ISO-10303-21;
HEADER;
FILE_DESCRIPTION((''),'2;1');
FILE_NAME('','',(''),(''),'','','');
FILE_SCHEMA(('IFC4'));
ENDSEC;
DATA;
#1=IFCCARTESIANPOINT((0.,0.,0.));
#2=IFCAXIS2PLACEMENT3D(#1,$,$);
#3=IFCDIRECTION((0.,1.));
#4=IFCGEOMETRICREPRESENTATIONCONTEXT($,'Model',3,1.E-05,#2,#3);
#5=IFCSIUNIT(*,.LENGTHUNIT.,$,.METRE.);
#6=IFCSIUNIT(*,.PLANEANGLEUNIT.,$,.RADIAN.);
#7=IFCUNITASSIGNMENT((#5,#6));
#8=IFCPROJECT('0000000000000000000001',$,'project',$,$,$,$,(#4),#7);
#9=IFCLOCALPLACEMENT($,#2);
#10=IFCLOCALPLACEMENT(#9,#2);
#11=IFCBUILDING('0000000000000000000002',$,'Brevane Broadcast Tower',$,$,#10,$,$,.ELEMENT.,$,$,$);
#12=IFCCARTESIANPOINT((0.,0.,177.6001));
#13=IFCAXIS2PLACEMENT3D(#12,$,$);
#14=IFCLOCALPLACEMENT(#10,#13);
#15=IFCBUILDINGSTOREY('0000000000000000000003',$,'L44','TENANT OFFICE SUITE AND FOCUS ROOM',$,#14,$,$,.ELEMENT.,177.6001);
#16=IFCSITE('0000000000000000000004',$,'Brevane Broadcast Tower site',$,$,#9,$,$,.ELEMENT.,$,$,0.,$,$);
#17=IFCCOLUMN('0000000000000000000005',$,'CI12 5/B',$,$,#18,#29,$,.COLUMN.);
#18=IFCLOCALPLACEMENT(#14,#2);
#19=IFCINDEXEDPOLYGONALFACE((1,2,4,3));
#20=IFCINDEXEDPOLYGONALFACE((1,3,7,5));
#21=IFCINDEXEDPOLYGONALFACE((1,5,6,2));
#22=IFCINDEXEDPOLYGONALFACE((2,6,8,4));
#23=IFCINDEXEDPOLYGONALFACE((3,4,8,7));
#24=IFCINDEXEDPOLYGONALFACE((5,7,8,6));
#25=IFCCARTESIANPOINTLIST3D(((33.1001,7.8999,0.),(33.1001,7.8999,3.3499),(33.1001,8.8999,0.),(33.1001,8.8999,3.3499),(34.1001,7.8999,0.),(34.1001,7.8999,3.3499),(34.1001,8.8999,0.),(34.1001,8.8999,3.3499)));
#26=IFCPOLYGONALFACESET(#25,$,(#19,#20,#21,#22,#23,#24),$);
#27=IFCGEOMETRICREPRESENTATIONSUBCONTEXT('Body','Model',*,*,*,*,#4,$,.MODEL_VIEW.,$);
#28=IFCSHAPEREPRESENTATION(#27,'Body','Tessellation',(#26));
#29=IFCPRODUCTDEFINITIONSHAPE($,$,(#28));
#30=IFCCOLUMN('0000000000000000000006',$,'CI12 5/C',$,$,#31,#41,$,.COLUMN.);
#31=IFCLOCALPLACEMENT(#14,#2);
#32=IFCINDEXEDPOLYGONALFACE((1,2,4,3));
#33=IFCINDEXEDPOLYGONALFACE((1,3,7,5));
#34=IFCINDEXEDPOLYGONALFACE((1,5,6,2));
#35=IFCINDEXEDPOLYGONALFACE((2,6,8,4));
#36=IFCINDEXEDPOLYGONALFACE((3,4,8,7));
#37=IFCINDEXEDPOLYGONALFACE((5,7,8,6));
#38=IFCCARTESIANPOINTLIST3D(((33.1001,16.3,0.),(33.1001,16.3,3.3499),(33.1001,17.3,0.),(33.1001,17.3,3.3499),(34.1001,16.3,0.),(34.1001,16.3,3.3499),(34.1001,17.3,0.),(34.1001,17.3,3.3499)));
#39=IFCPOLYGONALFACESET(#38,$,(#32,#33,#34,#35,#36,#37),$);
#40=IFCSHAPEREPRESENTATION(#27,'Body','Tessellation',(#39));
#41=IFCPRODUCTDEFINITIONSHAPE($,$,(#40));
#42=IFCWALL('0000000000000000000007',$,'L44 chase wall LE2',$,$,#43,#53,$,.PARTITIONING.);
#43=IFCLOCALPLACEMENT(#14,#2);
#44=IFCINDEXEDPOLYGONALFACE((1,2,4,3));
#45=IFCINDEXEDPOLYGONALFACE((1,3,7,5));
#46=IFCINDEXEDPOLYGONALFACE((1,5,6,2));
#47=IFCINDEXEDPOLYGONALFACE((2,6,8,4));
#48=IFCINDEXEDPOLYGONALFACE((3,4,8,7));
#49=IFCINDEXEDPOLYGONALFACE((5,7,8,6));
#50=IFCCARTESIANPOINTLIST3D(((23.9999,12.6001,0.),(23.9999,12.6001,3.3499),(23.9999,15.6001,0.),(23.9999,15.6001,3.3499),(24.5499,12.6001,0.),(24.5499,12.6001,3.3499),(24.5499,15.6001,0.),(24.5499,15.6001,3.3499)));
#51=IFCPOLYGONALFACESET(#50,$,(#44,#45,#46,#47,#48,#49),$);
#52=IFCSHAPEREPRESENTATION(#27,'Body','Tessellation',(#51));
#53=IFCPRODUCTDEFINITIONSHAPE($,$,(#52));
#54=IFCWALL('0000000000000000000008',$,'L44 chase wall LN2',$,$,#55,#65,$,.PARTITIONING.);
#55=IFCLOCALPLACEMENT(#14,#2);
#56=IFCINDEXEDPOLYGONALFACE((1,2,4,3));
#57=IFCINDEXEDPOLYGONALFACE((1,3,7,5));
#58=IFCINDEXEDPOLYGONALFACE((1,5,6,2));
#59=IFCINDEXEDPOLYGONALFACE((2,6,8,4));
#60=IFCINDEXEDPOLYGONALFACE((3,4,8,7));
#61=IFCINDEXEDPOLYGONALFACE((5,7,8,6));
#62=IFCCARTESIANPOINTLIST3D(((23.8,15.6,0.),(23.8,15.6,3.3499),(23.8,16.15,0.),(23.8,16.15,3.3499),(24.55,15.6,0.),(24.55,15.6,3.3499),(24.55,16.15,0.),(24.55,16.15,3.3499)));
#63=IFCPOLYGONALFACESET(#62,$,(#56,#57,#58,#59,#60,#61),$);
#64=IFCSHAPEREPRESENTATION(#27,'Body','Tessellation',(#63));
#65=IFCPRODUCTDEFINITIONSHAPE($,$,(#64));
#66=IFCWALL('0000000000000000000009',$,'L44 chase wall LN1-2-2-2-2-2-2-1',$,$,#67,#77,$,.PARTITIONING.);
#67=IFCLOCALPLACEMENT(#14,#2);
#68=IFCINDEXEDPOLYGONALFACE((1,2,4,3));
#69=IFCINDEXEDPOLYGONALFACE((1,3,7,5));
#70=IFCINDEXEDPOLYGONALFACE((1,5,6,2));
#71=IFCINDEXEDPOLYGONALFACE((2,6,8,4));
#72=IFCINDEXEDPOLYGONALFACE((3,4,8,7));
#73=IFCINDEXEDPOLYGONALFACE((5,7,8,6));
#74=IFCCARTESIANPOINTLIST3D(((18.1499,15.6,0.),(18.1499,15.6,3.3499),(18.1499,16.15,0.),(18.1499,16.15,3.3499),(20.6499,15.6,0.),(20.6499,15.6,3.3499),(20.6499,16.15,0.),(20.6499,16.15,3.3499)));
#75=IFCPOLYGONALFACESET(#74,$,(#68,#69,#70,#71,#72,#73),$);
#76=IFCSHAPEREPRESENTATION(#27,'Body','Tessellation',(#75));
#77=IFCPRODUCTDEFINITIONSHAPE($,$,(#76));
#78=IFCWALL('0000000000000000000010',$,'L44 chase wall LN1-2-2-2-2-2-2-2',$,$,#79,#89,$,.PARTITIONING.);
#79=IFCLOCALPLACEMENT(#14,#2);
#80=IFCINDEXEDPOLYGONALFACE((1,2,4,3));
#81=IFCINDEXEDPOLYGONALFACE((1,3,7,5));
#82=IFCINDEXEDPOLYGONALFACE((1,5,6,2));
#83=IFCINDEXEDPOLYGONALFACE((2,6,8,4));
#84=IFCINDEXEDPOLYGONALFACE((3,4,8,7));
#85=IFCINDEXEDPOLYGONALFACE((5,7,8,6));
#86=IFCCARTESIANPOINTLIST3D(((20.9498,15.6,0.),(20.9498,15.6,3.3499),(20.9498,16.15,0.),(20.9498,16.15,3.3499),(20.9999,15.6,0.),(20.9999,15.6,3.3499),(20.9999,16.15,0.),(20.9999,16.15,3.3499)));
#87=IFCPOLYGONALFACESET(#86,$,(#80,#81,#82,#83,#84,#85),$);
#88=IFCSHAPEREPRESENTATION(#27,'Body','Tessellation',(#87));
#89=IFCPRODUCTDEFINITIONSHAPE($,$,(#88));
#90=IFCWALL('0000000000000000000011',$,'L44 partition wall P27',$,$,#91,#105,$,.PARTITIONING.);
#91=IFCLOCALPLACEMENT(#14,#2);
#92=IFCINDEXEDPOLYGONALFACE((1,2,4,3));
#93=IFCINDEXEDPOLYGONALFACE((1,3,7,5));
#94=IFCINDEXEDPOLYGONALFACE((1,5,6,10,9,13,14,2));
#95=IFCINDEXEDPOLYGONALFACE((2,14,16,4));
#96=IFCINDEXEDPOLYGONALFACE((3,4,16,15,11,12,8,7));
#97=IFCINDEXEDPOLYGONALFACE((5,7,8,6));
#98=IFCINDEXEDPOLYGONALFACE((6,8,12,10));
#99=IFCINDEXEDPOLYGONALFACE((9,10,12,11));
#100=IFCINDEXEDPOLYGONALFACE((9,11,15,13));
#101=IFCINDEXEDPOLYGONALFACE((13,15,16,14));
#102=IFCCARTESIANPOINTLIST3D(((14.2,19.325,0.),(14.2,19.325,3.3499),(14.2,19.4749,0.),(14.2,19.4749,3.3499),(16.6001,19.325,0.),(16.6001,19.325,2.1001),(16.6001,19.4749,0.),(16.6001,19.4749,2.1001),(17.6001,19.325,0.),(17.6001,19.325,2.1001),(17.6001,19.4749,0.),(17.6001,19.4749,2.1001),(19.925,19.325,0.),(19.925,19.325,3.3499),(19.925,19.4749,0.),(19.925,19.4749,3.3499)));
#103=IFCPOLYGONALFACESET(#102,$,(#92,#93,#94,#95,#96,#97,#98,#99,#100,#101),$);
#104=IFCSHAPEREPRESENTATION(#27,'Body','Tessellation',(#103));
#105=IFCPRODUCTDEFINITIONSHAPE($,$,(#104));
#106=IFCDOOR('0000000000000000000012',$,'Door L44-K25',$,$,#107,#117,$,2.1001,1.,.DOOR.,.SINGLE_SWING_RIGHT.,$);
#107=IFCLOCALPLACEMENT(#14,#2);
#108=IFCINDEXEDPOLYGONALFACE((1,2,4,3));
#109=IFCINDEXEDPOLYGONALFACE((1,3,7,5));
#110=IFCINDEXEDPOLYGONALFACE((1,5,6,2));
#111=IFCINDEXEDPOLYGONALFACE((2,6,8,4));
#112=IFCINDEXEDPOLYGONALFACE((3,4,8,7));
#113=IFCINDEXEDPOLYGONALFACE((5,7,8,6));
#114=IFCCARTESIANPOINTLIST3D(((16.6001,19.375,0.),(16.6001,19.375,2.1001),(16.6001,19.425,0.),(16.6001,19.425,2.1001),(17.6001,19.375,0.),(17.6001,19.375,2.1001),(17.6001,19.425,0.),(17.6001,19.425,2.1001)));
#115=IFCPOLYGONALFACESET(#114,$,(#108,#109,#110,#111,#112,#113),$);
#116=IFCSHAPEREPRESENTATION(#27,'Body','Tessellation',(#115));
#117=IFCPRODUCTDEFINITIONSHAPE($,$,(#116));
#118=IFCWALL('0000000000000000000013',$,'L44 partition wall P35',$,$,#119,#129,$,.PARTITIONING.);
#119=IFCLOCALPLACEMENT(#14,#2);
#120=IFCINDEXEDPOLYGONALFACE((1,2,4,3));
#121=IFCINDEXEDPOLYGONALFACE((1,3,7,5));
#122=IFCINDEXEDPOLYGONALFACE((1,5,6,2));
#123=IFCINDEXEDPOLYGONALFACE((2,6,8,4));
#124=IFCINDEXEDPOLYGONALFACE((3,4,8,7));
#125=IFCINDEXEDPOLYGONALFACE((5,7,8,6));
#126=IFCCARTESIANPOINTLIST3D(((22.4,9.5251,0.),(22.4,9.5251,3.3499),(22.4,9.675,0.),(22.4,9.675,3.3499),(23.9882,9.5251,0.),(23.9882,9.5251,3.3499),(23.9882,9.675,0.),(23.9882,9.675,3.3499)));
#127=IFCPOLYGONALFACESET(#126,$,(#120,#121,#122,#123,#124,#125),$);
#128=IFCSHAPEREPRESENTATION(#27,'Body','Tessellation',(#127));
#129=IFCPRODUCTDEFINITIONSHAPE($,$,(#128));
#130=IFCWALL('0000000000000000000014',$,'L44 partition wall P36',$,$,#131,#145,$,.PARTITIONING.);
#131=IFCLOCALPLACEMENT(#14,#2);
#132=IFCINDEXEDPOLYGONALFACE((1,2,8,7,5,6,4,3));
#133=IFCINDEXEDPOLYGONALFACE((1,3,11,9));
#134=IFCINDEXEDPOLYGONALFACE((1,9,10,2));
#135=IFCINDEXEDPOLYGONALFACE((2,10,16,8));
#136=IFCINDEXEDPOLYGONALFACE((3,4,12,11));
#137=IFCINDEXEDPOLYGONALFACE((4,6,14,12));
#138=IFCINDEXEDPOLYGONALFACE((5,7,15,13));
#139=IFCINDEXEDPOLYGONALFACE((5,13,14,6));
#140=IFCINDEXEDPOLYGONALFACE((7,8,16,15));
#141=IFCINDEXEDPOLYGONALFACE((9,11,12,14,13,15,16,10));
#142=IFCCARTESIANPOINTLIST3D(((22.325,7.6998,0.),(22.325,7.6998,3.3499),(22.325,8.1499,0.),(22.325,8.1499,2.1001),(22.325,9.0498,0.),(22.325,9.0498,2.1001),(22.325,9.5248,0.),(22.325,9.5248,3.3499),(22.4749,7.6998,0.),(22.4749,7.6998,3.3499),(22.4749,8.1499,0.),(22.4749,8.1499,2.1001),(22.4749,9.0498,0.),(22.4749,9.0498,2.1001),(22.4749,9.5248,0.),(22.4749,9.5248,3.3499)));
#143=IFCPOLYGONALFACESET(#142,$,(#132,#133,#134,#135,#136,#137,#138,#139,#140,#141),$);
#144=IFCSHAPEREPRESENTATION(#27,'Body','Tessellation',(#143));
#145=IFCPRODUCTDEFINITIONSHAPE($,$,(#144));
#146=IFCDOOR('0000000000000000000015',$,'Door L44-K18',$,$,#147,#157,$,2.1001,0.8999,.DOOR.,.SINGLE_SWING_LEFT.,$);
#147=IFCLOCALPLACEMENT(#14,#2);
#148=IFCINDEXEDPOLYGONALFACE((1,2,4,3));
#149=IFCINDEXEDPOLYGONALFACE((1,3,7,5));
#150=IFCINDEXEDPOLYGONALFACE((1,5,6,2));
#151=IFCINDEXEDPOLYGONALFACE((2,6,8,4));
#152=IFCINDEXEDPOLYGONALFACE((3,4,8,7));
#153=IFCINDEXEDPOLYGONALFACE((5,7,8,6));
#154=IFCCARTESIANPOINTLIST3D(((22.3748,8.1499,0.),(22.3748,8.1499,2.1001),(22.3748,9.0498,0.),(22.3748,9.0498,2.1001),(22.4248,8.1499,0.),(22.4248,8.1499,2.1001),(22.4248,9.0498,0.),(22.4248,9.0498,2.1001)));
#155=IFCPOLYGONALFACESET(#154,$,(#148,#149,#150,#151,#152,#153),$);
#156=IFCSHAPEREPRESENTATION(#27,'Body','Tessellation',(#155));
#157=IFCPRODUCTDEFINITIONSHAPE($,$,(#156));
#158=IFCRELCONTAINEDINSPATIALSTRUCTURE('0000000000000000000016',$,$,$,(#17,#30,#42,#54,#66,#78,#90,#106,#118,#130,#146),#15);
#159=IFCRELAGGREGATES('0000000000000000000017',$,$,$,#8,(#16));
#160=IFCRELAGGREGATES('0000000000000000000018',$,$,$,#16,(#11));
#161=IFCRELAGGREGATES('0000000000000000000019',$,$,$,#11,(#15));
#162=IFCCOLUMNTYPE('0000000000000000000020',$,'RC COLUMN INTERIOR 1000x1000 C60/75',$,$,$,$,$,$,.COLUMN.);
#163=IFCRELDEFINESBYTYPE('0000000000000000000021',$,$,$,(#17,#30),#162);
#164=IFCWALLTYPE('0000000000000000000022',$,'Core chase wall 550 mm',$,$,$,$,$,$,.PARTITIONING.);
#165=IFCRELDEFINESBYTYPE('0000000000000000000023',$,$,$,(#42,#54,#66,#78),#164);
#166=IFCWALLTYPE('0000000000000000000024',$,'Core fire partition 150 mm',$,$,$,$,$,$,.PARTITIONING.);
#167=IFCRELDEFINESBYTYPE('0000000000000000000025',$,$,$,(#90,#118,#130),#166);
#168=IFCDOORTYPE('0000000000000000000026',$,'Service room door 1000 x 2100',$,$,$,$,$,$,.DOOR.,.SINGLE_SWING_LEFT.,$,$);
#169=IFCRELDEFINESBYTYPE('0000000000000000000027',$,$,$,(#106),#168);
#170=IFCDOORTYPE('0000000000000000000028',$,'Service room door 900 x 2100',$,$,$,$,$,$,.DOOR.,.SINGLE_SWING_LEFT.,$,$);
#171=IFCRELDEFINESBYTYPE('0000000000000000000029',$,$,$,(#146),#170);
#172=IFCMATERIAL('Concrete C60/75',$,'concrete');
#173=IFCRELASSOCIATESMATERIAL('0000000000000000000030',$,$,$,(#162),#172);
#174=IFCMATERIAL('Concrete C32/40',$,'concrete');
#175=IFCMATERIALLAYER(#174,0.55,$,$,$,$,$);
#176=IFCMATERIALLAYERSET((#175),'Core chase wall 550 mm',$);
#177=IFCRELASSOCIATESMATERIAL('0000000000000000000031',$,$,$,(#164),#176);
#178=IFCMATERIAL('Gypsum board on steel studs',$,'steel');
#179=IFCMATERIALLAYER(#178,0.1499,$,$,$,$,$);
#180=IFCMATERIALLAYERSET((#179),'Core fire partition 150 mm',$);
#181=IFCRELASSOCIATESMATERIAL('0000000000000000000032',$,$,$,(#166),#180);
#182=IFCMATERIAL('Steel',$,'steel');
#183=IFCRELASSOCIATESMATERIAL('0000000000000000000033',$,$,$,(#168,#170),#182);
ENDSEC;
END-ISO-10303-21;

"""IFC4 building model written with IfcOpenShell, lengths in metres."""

from ifc_helpers import new_model, si_unit, direction, frame, frame_2d, origin, origin_2d, place, context, subcontext, project, spatial, rectangle, extrude, material, layer, layer_set, material_profile, profile_set, type_object, element, fill, save


model = new_model("IFC4")

# Units and contexts
model_context = context("Model", 3, precision=1e-05, world=origin(), true_north=direction((0.0, 1.0)))
body_context = subcontext(model_context, "Body", "Model", "MODEL_VIEW")
ifc_project = project(units=[si_unit("LENGTHUNIT", "METRE"), si_unit("PLANEANGLEUNIT", "RADIAN")], contexts=[model_context])

# Site, building, storey
site_placement = place(None, origin())
site = spatial("IfcSite", under=ifc_project, at=site_placement, Name="Brevane Broadcast Tower site", CompositionType="ELEMENT", RefElevation=0.0)
building_placement = place(site_placement, origin())
building = spatial("IfcBuilding", under=site, at=building_placement, Name="Brevane Broadcast Tower", CompositionType="ELEMENT")
storey_placement = place(building_placement, frame((0.0, 0.0, 177.6001)))
storey = spatial("IfcBuildingStorey", under=building, at=storey_placement, Name="L44", Description="TENANT OFFICE SUITE AND FOCUS ROOM", CompositionType="ELEMENT", Elevation=177.6001)

# Columns
ifc_material_1 = material(Name="Concrete C60/75", Category="concrete")
ifc_material_profile = material_profile(ifc_material_1, rectangle(XDim=1.0, YDim=1.0, at=origin_2d()), Name="RC 1000x1000")
ifc_profile_set = profile_set([ifc_material_profile], Name="Concrete C60/75")
column_type = type_object("IfcColumnType", Name="RC COLUMN INTERIOR 1000x1000 C60/75", PredefinedType="COLUMN", material=ifc_profile_set)
for number, where, z_axis, x_axis, name in (
    (1, (33.6001, 8.3999, 0.0), (0.0, 0.0, 1.0), (1.0, 0.0, 0.0), "CI12 5/B"),
    (2, (33.6001, 16.8, 0.0), (0.0, 0.0, 1.0), (1.0, 0.0, 0.0), "CI12 5/C"),
):
    element("IfcColumn", number, at=place(storey_placement, frame(where, z_axis=z_axis, x_axis=x_axis)), inside=storey, type_object=column_type, Name=name, PredefinedType="COLUMN", context=body_context, shape_type="SweptSolid", body=[
        extrude(rectangle(XDim=1.0, YDim=1.0, at=origin_2d()), origin(), (0.0, 0.0, 1.0), 3.3499),
    ])

# Walls
ifc_material_2 = material(Name="Concrete C32/40", Category="concrete")
ifc_layer_1 = layer(ifc_material_2, 0.55)
ifc_layer_set_1 = layer_set([ifc_layer_1], Name="Core chase wall 550 mm")
wall_type_1 = type_object("IfcWallType", Name="Core chase wall 550 mm", PredefinedType="PARTITIONING", material=ifc_layer_set_1)
wall_1_placement = place(storey_placement, frame((24.2749, 12.6001, 0.0), z_axis=(0.0, 0.0, 1.0), x_axis=(0.0, 1.0, 0.0)))
element("IfcWall", 3, at=wall_1_placement, inside=storey, type_object=wall_type_1, Name="L44 chase wall LE2", PredefinedType="PARTITIONING", context=body_context, shape_type="SweptSolid", body=[
    extrude(rectangle(XDim=3.0, YDim=0.55, at=frame_2d((1.5, 0.0))), origin(), (0.0, 0.0, 1.0), 3.3499),
])
wall_2_placement = place(storey_placement, frame((23.8, 15.875, 0.0), z_axis=(0.0, 0.0, 1.0), x_axis=(1.0, 0.0, 0.0)))
element("IfcWall", 4, at=wall_2_placement, inside=storey, type_object=wall_type_1, Name="L44 chase wall LN2", PredefinedType="PARTITIONING", context=body_context, shape_type="SweptSolid", body=[
    extrude(rectangle(XDim=0.75, YDim=0.55, at=frame_2d((0.375, 0.0))), origin(), (0.0, 0.0, 1.0), 3.3499),
])
wall_3_placement = place(storey_placement, frame((18.1499, 15.875, 0.0), z_axis=(0.0, 0.0, 1.0), x_axis=(1.0, 0.0, 0.0)))
element("IfcWall", 5, at=wall_3_placement, inside=storey, type_object=wall_type_1, Name="L44 chase wall LN1-2-2-2-2-2-2-1", PredefinedType="PARTITIONING", context=body_context, shape_type="SweptSolid", body=[
    extrude(rectangle(XDim=2.5, YDim=0.55, at=frame_2d((1.25, 0.0))), origin(), (0.0, 0.0, 1.0), 3.3499),
])
wall_4_placement = place(storey_placement, frame((20.95, 15.875, 0.0), z_axis=(0.0, 0.0, 1.0), x_axis=(1.0, 0.0, 0.0)))
element("IfcWall", 6, at=wall_4_placement, inside=storey, type_object=wall_type_1, Name="L44 chase wall LN1-2-2-2-2-2-2-2", PredefinedType="PARTITIONING", context=body_context, shape_type="SweptSolid", body=[
    extrude(rectangle(XDim=0.05, YDim=0.55, at=frame_2d((0.0249, 0.0))), origin(), (0.0, 0.0, 1.0), 3.3499),
])

# Wall, opening, door
ifc_material_3 = material(Name="Gypsum board on steel studs", Category="steel")
ifc_layer_2 = layer(ifc_material_3, 0.1499)
ifc_layer_set_2 = layer_set([ifc_layer_2], Name="Core fire partition 150 mm")
wall_type_2 = type_object("IfcWallType", Name="Core fire partition 150 mm", PredefinedType="PARTITIONING", material=ifc_layer_set_2)
wall_5_placement = place(storey_placement, frame((19.925, 19.3999, 0.0), z_axis=(0.0, 0.0, 1.0), x_axis=(-1.0, 0.0, 0.0)))
wall_5 = element("IfcWall", 7, at=wall_5_placement, inside=storey, type_object=wall_type_2, Name="L44 partition wall P27", PredefinedType="PARTITIONING", context=body_context, shape_type="SweptSolid", body=[
    extrude(rectangle(XDim=5.7251, YDim=0.1499, at=frame_2d((2.8625, 0.0))), origin(), (0.0, 0.0, 1.0), 3.3499),
])
opening_1_placement = place(wall_5_placement, frame((2.325, 0.0, 0.0)))
opening_1 = element("IfcOpeningElement", 8, at=opening_1_placement, cuts=wall_5, PredefinedType="OPENING", context=body_context, shape_type="SweptSolid", body=[
    extrude(rectangle(XDim=1.0, YDim=2.1001, at=frame_2d((0.5, 1.05))), frame((0.0, 0.085, 0.0), z_axis=(0.0, -1.0, 0.0), x_axis=(1.0, 0.0, 0.0)), (0.0, 0.0, 1.0), 0.1699),
])
ifc_material_4 = material(Name="Steel", Category="steel")
door_type_1 = type_object("IfcDoorType", Name="Service room door 1000 x 2100", OperationType="SINGLE_SWING_LEFT", PredefinedType="DOOR", material=ifc_material_4)
door_1_placement = place(opening_1_placement, origin())
door_1 = element("IfcDoor", 9, at=door_1_placement, inside=storey, type_object=door_type_1, Name="Door L44-K25", OperationType="SINGLE_SWING_RIGHT", OverallHeight=2.1001, OverallWidth=1.0, PredefinedType="DOOR", context=body_context, shape_type="SweptSolid", body=[
    extrude(rectangle(XDim=1.0, YDim=2.1001, at=frame_2d((0.5, 1.05))), frame((0.0, 0.0249, 0.0), z_axis=(0.0, -1.0, 0.0), x_axis=(1.0, 0.0, 0.0)), (0.0, 0.0, 1.0), 0.05),
])
fill(opening_1, door_1)

# Wall
wall_6_placement = place(storey_placement, frame((23.988, 9.6001, 0.0), z_axis=(0.0, 0.0, 1.0), x_axis=(-1.0, 0.0, 0.0)))
element("IfcWall", 10, at=wall_6_placement, inside=storey, type_object=wall_type_2, Name="L44 partition wall P35", PredefinedType="PARTITIONING", context=body_context, shape_type="SweptSolid", body=[
    extrude(rectangle(XDim=1.5881, YDim=0.1499, at=frame_2d((0.7939, 0.0))), origin(), (0.0, 0.0, 1.0), 3.3499),
])

# Wall, opening, door
wall_7_placement = place(storey_placement, frame((22.3999, 9.5249, 0.0), z_axis=(0.0, 0.0, 1.0), x_axis=(0.0, -1.0, 0.0)))
wall_7 = element("IfcWall", 11, at=wall_7_placement, inside=storey, type_object=wall_type_2, Name="L44 partition wall P36", PredefinedType="PARTITIONING", context=body_context, shape_type="SweptSolid", body=[
    extrude(rectangle(XDim=1.825, YDim=0.1499, at=frame_2d((0.9126, 0.0))), origin(), (0.0, 0.0, 1.0), 3.3499),
])
opening_2_placement = place(wall_7_placement, frame((0.4751, 0.0, 0.0)))
opening_2 = element("IfcOpeningElement", 12, at=opening_2_placement, cuts=wall_7, PredefinedType="OPENING", context=body_context, shape_type="SweptSolid", body=[
    extrude(rectangle(XDim=0.8999, YDim=2.1001, at=frame_2d((0.45, 1.05))), frame((0.0, 0.085, 0.0), z_axis=(0.0, -1.0, 0.0), x_axis=(1.0, 0.0, 0.0)), (0.0, 0.0, 1.0), 0.1699),
])
door_type_2 = type_object("IfcDoorType", Name="Service room door 900 x 2100", OperationType="SINGLE_SWING_LEFT", PredefinedType="DOOR", material=ifc_material_4)
door_2_placement = place(opening_2_placement, origin())
door_2 = element("IfcDoor", 13, at=door_2_placement, inside=storey, type_object=door_type_2, Name="Door L44-K18", OperationType="SINGLE_SWING_LEFT", OverallHeight=2.1001, OverallWidth=0.8999, PredefinedType="DOOR", context=body_context, shape_type="SweptSolid", body=[
    extrude(rectangle(XDim=0.8999, YDim=2.1001, at=frame_2d((0.45, 1.05))), frame((0.0, 0.0249, 0.0), z_axis=(0.0, -1.0, 0.0), x_axis=(1.0, 0.0, 0.0)), (0.0, 0.0, 1.0), 0.05),
])
fill(opening_2, door_2)

save(model, "model.ifc")
